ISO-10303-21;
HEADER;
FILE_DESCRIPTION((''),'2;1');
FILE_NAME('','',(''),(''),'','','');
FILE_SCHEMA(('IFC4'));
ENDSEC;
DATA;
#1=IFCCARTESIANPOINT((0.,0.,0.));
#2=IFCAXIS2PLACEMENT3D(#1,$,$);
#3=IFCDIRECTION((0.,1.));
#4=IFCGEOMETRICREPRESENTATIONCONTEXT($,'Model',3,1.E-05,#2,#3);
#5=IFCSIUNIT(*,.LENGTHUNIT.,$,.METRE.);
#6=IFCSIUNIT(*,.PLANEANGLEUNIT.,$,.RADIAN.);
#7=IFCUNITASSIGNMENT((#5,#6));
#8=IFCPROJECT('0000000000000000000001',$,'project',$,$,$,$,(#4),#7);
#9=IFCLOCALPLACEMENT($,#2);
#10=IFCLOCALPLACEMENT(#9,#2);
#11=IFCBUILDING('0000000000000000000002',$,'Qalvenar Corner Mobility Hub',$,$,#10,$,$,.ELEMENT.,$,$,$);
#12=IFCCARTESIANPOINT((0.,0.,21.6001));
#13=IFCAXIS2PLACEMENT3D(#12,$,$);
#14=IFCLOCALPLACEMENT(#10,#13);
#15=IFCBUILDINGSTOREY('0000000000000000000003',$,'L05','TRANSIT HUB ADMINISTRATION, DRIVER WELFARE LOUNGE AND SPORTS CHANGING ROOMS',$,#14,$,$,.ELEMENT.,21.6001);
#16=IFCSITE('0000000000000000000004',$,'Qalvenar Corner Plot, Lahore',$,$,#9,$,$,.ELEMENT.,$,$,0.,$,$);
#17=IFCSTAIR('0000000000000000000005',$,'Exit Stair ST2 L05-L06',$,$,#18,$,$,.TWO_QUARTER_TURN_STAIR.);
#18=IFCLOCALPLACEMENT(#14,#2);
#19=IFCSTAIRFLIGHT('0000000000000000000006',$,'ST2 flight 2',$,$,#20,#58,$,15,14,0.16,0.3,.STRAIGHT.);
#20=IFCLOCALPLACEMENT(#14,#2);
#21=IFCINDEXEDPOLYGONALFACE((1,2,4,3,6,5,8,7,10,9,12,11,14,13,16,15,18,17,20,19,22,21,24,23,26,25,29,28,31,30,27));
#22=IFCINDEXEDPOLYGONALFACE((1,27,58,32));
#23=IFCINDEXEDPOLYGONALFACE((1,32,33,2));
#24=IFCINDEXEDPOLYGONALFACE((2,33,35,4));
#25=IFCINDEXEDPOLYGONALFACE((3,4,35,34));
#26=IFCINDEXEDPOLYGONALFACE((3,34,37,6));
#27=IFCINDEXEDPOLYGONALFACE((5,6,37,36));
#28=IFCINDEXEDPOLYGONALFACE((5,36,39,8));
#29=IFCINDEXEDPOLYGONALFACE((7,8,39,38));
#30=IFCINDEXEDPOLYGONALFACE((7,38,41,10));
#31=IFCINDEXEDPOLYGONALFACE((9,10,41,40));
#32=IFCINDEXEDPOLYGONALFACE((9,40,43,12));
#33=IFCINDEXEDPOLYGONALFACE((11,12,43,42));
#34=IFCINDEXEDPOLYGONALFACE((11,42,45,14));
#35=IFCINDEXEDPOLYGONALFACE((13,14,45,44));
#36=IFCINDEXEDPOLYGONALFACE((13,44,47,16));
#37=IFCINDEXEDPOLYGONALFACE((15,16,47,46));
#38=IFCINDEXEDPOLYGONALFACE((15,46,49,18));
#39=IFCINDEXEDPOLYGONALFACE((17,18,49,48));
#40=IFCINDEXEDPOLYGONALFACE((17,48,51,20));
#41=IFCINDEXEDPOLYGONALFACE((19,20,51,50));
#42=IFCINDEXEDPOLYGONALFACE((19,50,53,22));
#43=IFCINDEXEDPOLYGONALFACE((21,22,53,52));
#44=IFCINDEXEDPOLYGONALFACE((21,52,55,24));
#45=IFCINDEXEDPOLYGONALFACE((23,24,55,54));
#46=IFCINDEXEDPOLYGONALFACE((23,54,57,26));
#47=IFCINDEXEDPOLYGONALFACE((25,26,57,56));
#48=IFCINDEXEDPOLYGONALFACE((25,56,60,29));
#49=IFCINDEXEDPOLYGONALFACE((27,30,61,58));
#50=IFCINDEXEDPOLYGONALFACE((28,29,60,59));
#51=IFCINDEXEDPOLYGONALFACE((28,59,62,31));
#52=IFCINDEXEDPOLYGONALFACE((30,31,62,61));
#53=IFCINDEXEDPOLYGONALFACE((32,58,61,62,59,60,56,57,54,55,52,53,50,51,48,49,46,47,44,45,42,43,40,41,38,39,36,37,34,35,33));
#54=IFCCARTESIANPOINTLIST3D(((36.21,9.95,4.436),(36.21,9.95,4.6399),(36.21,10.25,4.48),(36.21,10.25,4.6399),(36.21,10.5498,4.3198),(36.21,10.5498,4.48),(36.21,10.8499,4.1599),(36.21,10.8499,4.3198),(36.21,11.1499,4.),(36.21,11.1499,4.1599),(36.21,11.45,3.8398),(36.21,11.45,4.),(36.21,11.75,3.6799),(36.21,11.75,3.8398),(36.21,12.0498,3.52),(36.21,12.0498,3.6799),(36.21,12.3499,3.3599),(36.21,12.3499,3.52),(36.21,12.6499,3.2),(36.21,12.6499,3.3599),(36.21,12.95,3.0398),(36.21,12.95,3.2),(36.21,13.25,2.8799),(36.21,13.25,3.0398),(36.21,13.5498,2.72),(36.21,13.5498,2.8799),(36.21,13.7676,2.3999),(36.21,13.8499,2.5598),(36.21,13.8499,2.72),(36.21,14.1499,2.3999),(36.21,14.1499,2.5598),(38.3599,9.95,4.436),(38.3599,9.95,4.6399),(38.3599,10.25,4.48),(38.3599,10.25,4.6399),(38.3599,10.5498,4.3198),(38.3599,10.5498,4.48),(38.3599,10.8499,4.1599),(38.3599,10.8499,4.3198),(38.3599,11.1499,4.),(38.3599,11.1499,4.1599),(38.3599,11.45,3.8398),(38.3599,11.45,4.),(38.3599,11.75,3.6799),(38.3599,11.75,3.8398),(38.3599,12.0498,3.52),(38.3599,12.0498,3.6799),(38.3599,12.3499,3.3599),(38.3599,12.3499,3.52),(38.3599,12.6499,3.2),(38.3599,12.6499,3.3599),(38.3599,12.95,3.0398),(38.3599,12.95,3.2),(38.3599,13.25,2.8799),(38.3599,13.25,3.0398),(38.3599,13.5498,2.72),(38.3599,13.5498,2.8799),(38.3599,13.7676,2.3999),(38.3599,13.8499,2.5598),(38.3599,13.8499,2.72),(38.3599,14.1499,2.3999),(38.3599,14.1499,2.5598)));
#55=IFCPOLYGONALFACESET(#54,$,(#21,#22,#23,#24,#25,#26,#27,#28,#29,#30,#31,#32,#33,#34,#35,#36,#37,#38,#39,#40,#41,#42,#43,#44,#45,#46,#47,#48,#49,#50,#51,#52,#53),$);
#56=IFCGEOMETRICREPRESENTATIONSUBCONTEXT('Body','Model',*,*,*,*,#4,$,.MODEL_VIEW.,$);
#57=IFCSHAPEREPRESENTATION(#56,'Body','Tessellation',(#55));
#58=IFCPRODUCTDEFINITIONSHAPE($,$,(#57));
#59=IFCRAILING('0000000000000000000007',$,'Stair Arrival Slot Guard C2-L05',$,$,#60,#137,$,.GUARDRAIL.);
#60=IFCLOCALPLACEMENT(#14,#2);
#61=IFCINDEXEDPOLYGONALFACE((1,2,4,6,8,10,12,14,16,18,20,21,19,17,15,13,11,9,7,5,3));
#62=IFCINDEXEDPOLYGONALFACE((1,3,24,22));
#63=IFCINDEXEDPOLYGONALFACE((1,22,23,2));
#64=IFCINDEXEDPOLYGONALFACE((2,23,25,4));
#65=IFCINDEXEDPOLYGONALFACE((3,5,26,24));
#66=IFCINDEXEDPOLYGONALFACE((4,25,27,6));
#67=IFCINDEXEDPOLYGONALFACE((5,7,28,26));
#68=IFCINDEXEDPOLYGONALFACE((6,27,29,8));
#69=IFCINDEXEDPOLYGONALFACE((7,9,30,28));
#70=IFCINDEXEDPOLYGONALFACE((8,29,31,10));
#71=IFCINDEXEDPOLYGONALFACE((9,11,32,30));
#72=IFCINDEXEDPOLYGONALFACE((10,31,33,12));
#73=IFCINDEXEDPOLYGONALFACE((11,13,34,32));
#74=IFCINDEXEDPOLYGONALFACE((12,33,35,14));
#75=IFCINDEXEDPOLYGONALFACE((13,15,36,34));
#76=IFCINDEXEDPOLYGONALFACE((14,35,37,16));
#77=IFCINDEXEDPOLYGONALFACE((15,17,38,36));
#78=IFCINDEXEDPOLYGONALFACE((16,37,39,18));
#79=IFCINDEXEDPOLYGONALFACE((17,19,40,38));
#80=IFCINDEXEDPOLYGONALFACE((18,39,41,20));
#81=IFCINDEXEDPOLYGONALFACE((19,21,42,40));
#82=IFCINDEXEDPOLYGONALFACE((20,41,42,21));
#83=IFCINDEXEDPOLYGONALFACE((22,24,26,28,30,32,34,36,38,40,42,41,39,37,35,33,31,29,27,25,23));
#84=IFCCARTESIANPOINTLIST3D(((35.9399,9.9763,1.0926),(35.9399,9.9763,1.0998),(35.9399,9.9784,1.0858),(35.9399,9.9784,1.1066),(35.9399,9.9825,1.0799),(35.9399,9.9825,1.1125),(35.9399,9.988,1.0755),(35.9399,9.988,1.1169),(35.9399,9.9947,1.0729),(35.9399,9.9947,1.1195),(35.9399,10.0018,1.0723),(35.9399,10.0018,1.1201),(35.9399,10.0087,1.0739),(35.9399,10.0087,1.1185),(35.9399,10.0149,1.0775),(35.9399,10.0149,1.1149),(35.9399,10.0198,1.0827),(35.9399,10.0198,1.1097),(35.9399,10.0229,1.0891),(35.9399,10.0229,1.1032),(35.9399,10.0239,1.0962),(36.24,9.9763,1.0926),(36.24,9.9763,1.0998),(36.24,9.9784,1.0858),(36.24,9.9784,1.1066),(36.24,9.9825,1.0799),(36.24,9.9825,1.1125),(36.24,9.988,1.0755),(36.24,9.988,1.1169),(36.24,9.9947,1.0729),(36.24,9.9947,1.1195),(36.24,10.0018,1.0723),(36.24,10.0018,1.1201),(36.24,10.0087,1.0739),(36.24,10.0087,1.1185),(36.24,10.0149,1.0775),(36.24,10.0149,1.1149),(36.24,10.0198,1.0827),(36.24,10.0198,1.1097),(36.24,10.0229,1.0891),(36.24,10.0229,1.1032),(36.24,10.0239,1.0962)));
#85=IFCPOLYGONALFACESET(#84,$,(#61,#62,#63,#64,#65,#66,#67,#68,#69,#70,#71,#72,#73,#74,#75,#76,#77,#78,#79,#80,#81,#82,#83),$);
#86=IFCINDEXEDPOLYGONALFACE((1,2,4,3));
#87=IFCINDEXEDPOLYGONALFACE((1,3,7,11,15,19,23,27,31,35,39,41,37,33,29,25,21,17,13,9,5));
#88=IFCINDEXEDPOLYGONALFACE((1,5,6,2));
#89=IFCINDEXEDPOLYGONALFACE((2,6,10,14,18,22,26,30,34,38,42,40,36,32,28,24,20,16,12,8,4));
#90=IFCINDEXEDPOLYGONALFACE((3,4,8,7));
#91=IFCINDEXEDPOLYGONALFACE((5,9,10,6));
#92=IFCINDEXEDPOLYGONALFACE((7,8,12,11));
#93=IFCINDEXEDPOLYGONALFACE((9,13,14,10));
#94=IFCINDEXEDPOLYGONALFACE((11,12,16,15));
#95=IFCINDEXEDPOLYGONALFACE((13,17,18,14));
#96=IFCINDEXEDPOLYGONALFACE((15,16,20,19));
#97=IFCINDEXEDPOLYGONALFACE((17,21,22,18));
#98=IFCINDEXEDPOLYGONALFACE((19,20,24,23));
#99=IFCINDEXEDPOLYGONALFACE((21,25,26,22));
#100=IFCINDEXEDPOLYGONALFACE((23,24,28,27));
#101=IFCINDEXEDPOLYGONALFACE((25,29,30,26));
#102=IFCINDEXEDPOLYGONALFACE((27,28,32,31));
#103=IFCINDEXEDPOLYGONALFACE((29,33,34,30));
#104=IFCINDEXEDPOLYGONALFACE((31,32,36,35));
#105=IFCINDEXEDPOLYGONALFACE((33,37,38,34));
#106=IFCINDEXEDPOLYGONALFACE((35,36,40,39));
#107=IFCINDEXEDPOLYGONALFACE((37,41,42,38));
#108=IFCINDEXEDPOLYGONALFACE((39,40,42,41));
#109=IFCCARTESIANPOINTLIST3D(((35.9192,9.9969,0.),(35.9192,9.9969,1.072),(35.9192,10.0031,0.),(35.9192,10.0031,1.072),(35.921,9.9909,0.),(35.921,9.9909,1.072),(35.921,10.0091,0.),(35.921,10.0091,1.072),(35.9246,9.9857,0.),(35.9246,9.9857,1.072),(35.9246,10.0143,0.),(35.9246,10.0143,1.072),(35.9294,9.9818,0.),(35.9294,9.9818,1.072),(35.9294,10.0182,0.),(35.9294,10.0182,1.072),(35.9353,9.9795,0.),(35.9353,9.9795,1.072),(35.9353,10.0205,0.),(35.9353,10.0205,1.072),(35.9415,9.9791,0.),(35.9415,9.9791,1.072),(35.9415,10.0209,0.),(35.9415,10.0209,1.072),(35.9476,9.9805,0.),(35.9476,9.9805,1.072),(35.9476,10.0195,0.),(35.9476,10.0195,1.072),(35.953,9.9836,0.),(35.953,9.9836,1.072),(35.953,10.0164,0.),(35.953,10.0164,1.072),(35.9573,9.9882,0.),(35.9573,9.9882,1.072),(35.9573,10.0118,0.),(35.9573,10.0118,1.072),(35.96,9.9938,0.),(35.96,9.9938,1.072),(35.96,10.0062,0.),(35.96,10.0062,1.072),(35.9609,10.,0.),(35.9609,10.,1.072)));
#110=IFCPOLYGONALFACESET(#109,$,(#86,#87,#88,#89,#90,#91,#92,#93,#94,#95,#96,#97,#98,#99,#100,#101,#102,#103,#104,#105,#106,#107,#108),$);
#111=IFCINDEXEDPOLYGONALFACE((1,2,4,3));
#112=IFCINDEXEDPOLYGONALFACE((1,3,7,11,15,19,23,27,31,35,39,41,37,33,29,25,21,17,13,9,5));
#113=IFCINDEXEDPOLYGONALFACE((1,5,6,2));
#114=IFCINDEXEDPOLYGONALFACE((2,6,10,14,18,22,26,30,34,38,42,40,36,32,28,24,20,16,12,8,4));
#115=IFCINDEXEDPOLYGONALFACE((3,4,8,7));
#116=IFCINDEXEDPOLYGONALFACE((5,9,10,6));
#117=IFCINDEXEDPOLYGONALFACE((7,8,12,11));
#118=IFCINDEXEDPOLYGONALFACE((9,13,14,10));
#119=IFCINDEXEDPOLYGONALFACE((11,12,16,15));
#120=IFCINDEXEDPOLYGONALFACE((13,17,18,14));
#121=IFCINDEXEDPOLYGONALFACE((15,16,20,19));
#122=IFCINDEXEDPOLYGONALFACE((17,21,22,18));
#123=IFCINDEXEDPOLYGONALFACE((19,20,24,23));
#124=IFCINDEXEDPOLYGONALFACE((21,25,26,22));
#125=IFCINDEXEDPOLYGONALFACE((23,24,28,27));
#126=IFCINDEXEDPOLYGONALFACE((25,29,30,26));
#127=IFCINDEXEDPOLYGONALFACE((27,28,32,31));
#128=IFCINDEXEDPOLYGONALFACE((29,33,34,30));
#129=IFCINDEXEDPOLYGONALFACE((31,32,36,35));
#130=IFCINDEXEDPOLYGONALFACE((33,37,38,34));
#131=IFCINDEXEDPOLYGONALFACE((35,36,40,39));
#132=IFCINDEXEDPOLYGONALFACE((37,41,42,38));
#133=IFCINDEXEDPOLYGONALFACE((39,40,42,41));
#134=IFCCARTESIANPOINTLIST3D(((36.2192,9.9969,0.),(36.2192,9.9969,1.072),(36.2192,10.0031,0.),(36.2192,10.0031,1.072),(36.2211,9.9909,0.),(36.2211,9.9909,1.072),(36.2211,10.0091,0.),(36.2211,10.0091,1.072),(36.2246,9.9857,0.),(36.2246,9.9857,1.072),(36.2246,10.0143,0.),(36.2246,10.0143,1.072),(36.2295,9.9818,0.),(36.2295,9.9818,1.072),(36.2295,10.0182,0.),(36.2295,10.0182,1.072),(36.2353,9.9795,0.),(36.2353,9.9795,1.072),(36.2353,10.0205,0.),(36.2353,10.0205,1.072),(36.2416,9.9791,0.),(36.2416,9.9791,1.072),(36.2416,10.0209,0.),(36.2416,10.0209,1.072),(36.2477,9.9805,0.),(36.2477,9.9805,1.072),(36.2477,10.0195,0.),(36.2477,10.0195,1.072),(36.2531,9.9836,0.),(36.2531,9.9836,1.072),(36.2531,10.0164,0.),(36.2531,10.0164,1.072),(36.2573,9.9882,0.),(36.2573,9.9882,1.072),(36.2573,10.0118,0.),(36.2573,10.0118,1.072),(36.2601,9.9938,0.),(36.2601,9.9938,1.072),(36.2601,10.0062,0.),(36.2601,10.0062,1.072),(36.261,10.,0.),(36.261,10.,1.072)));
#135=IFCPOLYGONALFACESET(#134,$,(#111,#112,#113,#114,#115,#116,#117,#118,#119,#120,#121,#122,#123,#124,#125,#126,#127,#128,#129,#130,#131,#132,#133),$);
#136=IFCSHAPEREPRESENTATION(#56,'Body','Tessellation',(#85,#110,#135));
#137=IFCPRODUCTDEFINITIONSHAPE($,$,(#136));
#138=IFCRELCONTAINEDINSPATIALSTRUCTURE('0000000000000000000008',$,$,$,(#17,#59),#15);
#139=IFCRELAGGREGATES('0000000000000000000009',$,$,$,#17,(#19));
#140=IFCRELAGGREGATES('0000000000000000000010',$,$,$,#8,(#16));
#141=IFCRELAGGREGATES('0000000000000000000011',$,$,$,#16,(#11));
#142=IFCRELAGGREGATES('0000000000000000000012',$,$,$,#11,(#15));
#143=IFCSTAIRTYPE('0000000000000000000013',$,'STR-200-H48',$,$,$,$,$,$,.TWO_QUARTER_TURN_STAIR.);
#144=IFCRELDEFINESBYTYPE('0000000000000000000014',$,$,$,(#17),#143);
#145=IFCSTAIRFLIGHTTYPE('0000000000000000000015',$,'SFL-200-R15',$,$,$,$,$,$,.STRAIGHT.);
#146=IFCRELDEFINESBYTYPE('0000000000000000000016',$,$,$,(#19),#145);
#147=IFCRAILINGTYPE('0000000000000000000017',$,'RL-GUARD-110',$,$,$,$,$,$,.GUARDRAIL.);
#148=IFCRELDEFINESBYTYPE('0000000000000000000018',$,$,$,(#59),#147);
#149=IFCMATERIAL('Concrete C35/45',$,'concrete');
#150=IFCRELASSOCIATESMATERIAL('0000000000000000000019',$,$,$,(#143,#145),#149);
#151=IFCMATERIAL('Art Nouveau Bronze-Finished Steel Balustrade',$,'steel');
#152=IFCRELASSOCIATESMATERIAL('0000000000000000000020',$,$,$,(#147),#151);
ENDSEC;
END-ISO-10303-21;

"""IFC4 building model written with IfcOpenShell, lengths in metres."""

from ifc_helpers import new_model, si_unit, direction, frame, origin, origin_2d, place, context, subcontext, project, spatial, polyline, circle, outline, extrude, material, type_object, element, aggregate, save


model = new_model("IFC4")

# Units and contexts
model_context = context("Model", 3, precision=1e-05, world=origin(), true_north=direction((0.0, 1.0)))
body_context = subcontext(model_context, "Body", "Model", "MODEL_VIEW")
ifc_project = project(units=[si_unit("LENGTHUNIT", "METRE"), si_unit("PLANEANGLEUNIT", "RADIAN")], contexts=[model_context])

# Site, building, storey
site_placement = place(None, origin())
site = spatial("IfcSite", under=ifc_project, at=site_placement, Name="Qalvenar Corner Plot, Lahore", CompositionType="ELEMENT", RefElevation=0.0)
building_placement = place(site_placement, origin())
building = spatial("IfcBuilding", under=site, at=building_placement, Name="Qalvenar Corner Mobility Hub", CompositionType="ELEMENT")
storey_placement = place(building_placement, frame((0.0, 0.0, 21.6001)))
storey = spatial("IfcBuildingStorey", under=building, at=storey_placement, Name="L05", Description="TRANSIT HUB ADMINISTRATION, DRIVER WELFARE LOUNGE AND SPORTS CHANGING ROOMS", CompositionType="ELEMENT", Elevation=21.6001)

# Stair, stair flight
ifc_material_1 = material(Name="Concrete C35/45", Category="concrete")
stair_type = type_object("IfcStairType", Name="STR-200-H48", PredefinedType="TWO_QUARTER_TURN_STAIR", material=ifc_material_1)
stair_placement = place(storey_placement, origin())
stair = element("IfcStair", 1, at=stair_placement, inside=storey, type_object=stair_type, Name="Exit Stair ST2 L05-L06", PredefinedType="TWO_QUARTER_TURN_STAIR")
stair_flight_type = type_object("IfcStairFlightType", Name="SFL-200-R15", PredefinedType="STRAIGHT", material=ifc_material_1)
stair_flight_placement = place(storey_placement, frame((37.2849, 14.1499, 2.3999), z_axis=(0.0, 0.0, 1.0), x_axis=(0.0, -1.0, 0.0)))
stair_flight = element("IfcStairFlight", 2, at=stair_flight_placement, type_object=stair_flight_type, Name="ST2 flight 2", NumberOfRisers=15, NumberOfTreads=14, PredefinedType="STRAIGHT", RiserHeight=0.16, TreadLength=0.3, context=body_context, shape_type="SweptSolid", body=[
    extrude(outline(polyline([(0.0, 0.0), (0.0, 0.1599), (0.3, 0.1599), (0.3, 0.3201), (0.6001, 0.3201), (0.6001, 0.48), (0.8999, 0.48), (0.8999, 0.6399), (1.2, 0.6399), (1.2, 0.8), (1.5, 0.8), (1.5, 0.96), (1.8, 0.96), (1.8, 1.1201), (2.1001, 1.1201), (2.1001, 1.28), (2.3999, 1.28), (2.3999, 1.4399), (2.7, 1.4399), (2.7, 1.6001), (3.0, 1.6001), (3.0, 1.76), (3.3, 1.76), (3.3, 1.9199), (3.6001, 1.9199), (3.6001, 2.0801), (3.8999, 2.0801), (3.8999, 2.24), (4.2, 2.24), (4.2, 2.3999), (4.2, 2.0361), (0.3823, 0.0), (0.0, 0.0)])), frame((0.0, 1.075, 0.0), z_axis=(0.0, -1.0, 0.0), x_axis=(1.0, 0.0, 0.0)), (0.0, 0.0, 1.0), 2.1499),
])
aggregate(stair, [stair_flight])

# Railing
ifc_material_2 = material(Name="Art Nouveau Bronze-Finished Steel Balustrade", Category="steel")
railing_type_1 = type_object("IfcRailingType", Name="RL-GUARD-110", PredefinedType="GUARDRAIL", material=ifc_material_2)
for number, where, name in (
    (3, (35.9399, 10.0, 0.0), "Stair Arrival Slot Guard C2-L05"),
):
    element("IfcRailing", number, at=place(storey_placement, frame(where)), inside=storey, type_object=railing_type_1, Name=name, PredefinedType="GUARDRAIL", context=body_context, shape_type="SweptSolid", body=[
        extrude(circle(Radius=0.0239, at=origin_2d()), frame((0.0, 0.0, 1.0962), z_axis=(1.0, 0.0, 0.0), x_axis=(0.0, 1.0, 0.0)), (0.0, 0.0, 1.0), 0.3),
        extrude(circle(Radius=0.021, at=origin_2d()), origin(), (0.0, 0.0, 1.0), 1.072),
        extrude(circle(Radius=0.021, at=origin_2d()), frame((0.3, 0.0, 0.0)), (0.0, 0.0, 1.0), 1.072),
    ])

save(model, "model.ifc")
